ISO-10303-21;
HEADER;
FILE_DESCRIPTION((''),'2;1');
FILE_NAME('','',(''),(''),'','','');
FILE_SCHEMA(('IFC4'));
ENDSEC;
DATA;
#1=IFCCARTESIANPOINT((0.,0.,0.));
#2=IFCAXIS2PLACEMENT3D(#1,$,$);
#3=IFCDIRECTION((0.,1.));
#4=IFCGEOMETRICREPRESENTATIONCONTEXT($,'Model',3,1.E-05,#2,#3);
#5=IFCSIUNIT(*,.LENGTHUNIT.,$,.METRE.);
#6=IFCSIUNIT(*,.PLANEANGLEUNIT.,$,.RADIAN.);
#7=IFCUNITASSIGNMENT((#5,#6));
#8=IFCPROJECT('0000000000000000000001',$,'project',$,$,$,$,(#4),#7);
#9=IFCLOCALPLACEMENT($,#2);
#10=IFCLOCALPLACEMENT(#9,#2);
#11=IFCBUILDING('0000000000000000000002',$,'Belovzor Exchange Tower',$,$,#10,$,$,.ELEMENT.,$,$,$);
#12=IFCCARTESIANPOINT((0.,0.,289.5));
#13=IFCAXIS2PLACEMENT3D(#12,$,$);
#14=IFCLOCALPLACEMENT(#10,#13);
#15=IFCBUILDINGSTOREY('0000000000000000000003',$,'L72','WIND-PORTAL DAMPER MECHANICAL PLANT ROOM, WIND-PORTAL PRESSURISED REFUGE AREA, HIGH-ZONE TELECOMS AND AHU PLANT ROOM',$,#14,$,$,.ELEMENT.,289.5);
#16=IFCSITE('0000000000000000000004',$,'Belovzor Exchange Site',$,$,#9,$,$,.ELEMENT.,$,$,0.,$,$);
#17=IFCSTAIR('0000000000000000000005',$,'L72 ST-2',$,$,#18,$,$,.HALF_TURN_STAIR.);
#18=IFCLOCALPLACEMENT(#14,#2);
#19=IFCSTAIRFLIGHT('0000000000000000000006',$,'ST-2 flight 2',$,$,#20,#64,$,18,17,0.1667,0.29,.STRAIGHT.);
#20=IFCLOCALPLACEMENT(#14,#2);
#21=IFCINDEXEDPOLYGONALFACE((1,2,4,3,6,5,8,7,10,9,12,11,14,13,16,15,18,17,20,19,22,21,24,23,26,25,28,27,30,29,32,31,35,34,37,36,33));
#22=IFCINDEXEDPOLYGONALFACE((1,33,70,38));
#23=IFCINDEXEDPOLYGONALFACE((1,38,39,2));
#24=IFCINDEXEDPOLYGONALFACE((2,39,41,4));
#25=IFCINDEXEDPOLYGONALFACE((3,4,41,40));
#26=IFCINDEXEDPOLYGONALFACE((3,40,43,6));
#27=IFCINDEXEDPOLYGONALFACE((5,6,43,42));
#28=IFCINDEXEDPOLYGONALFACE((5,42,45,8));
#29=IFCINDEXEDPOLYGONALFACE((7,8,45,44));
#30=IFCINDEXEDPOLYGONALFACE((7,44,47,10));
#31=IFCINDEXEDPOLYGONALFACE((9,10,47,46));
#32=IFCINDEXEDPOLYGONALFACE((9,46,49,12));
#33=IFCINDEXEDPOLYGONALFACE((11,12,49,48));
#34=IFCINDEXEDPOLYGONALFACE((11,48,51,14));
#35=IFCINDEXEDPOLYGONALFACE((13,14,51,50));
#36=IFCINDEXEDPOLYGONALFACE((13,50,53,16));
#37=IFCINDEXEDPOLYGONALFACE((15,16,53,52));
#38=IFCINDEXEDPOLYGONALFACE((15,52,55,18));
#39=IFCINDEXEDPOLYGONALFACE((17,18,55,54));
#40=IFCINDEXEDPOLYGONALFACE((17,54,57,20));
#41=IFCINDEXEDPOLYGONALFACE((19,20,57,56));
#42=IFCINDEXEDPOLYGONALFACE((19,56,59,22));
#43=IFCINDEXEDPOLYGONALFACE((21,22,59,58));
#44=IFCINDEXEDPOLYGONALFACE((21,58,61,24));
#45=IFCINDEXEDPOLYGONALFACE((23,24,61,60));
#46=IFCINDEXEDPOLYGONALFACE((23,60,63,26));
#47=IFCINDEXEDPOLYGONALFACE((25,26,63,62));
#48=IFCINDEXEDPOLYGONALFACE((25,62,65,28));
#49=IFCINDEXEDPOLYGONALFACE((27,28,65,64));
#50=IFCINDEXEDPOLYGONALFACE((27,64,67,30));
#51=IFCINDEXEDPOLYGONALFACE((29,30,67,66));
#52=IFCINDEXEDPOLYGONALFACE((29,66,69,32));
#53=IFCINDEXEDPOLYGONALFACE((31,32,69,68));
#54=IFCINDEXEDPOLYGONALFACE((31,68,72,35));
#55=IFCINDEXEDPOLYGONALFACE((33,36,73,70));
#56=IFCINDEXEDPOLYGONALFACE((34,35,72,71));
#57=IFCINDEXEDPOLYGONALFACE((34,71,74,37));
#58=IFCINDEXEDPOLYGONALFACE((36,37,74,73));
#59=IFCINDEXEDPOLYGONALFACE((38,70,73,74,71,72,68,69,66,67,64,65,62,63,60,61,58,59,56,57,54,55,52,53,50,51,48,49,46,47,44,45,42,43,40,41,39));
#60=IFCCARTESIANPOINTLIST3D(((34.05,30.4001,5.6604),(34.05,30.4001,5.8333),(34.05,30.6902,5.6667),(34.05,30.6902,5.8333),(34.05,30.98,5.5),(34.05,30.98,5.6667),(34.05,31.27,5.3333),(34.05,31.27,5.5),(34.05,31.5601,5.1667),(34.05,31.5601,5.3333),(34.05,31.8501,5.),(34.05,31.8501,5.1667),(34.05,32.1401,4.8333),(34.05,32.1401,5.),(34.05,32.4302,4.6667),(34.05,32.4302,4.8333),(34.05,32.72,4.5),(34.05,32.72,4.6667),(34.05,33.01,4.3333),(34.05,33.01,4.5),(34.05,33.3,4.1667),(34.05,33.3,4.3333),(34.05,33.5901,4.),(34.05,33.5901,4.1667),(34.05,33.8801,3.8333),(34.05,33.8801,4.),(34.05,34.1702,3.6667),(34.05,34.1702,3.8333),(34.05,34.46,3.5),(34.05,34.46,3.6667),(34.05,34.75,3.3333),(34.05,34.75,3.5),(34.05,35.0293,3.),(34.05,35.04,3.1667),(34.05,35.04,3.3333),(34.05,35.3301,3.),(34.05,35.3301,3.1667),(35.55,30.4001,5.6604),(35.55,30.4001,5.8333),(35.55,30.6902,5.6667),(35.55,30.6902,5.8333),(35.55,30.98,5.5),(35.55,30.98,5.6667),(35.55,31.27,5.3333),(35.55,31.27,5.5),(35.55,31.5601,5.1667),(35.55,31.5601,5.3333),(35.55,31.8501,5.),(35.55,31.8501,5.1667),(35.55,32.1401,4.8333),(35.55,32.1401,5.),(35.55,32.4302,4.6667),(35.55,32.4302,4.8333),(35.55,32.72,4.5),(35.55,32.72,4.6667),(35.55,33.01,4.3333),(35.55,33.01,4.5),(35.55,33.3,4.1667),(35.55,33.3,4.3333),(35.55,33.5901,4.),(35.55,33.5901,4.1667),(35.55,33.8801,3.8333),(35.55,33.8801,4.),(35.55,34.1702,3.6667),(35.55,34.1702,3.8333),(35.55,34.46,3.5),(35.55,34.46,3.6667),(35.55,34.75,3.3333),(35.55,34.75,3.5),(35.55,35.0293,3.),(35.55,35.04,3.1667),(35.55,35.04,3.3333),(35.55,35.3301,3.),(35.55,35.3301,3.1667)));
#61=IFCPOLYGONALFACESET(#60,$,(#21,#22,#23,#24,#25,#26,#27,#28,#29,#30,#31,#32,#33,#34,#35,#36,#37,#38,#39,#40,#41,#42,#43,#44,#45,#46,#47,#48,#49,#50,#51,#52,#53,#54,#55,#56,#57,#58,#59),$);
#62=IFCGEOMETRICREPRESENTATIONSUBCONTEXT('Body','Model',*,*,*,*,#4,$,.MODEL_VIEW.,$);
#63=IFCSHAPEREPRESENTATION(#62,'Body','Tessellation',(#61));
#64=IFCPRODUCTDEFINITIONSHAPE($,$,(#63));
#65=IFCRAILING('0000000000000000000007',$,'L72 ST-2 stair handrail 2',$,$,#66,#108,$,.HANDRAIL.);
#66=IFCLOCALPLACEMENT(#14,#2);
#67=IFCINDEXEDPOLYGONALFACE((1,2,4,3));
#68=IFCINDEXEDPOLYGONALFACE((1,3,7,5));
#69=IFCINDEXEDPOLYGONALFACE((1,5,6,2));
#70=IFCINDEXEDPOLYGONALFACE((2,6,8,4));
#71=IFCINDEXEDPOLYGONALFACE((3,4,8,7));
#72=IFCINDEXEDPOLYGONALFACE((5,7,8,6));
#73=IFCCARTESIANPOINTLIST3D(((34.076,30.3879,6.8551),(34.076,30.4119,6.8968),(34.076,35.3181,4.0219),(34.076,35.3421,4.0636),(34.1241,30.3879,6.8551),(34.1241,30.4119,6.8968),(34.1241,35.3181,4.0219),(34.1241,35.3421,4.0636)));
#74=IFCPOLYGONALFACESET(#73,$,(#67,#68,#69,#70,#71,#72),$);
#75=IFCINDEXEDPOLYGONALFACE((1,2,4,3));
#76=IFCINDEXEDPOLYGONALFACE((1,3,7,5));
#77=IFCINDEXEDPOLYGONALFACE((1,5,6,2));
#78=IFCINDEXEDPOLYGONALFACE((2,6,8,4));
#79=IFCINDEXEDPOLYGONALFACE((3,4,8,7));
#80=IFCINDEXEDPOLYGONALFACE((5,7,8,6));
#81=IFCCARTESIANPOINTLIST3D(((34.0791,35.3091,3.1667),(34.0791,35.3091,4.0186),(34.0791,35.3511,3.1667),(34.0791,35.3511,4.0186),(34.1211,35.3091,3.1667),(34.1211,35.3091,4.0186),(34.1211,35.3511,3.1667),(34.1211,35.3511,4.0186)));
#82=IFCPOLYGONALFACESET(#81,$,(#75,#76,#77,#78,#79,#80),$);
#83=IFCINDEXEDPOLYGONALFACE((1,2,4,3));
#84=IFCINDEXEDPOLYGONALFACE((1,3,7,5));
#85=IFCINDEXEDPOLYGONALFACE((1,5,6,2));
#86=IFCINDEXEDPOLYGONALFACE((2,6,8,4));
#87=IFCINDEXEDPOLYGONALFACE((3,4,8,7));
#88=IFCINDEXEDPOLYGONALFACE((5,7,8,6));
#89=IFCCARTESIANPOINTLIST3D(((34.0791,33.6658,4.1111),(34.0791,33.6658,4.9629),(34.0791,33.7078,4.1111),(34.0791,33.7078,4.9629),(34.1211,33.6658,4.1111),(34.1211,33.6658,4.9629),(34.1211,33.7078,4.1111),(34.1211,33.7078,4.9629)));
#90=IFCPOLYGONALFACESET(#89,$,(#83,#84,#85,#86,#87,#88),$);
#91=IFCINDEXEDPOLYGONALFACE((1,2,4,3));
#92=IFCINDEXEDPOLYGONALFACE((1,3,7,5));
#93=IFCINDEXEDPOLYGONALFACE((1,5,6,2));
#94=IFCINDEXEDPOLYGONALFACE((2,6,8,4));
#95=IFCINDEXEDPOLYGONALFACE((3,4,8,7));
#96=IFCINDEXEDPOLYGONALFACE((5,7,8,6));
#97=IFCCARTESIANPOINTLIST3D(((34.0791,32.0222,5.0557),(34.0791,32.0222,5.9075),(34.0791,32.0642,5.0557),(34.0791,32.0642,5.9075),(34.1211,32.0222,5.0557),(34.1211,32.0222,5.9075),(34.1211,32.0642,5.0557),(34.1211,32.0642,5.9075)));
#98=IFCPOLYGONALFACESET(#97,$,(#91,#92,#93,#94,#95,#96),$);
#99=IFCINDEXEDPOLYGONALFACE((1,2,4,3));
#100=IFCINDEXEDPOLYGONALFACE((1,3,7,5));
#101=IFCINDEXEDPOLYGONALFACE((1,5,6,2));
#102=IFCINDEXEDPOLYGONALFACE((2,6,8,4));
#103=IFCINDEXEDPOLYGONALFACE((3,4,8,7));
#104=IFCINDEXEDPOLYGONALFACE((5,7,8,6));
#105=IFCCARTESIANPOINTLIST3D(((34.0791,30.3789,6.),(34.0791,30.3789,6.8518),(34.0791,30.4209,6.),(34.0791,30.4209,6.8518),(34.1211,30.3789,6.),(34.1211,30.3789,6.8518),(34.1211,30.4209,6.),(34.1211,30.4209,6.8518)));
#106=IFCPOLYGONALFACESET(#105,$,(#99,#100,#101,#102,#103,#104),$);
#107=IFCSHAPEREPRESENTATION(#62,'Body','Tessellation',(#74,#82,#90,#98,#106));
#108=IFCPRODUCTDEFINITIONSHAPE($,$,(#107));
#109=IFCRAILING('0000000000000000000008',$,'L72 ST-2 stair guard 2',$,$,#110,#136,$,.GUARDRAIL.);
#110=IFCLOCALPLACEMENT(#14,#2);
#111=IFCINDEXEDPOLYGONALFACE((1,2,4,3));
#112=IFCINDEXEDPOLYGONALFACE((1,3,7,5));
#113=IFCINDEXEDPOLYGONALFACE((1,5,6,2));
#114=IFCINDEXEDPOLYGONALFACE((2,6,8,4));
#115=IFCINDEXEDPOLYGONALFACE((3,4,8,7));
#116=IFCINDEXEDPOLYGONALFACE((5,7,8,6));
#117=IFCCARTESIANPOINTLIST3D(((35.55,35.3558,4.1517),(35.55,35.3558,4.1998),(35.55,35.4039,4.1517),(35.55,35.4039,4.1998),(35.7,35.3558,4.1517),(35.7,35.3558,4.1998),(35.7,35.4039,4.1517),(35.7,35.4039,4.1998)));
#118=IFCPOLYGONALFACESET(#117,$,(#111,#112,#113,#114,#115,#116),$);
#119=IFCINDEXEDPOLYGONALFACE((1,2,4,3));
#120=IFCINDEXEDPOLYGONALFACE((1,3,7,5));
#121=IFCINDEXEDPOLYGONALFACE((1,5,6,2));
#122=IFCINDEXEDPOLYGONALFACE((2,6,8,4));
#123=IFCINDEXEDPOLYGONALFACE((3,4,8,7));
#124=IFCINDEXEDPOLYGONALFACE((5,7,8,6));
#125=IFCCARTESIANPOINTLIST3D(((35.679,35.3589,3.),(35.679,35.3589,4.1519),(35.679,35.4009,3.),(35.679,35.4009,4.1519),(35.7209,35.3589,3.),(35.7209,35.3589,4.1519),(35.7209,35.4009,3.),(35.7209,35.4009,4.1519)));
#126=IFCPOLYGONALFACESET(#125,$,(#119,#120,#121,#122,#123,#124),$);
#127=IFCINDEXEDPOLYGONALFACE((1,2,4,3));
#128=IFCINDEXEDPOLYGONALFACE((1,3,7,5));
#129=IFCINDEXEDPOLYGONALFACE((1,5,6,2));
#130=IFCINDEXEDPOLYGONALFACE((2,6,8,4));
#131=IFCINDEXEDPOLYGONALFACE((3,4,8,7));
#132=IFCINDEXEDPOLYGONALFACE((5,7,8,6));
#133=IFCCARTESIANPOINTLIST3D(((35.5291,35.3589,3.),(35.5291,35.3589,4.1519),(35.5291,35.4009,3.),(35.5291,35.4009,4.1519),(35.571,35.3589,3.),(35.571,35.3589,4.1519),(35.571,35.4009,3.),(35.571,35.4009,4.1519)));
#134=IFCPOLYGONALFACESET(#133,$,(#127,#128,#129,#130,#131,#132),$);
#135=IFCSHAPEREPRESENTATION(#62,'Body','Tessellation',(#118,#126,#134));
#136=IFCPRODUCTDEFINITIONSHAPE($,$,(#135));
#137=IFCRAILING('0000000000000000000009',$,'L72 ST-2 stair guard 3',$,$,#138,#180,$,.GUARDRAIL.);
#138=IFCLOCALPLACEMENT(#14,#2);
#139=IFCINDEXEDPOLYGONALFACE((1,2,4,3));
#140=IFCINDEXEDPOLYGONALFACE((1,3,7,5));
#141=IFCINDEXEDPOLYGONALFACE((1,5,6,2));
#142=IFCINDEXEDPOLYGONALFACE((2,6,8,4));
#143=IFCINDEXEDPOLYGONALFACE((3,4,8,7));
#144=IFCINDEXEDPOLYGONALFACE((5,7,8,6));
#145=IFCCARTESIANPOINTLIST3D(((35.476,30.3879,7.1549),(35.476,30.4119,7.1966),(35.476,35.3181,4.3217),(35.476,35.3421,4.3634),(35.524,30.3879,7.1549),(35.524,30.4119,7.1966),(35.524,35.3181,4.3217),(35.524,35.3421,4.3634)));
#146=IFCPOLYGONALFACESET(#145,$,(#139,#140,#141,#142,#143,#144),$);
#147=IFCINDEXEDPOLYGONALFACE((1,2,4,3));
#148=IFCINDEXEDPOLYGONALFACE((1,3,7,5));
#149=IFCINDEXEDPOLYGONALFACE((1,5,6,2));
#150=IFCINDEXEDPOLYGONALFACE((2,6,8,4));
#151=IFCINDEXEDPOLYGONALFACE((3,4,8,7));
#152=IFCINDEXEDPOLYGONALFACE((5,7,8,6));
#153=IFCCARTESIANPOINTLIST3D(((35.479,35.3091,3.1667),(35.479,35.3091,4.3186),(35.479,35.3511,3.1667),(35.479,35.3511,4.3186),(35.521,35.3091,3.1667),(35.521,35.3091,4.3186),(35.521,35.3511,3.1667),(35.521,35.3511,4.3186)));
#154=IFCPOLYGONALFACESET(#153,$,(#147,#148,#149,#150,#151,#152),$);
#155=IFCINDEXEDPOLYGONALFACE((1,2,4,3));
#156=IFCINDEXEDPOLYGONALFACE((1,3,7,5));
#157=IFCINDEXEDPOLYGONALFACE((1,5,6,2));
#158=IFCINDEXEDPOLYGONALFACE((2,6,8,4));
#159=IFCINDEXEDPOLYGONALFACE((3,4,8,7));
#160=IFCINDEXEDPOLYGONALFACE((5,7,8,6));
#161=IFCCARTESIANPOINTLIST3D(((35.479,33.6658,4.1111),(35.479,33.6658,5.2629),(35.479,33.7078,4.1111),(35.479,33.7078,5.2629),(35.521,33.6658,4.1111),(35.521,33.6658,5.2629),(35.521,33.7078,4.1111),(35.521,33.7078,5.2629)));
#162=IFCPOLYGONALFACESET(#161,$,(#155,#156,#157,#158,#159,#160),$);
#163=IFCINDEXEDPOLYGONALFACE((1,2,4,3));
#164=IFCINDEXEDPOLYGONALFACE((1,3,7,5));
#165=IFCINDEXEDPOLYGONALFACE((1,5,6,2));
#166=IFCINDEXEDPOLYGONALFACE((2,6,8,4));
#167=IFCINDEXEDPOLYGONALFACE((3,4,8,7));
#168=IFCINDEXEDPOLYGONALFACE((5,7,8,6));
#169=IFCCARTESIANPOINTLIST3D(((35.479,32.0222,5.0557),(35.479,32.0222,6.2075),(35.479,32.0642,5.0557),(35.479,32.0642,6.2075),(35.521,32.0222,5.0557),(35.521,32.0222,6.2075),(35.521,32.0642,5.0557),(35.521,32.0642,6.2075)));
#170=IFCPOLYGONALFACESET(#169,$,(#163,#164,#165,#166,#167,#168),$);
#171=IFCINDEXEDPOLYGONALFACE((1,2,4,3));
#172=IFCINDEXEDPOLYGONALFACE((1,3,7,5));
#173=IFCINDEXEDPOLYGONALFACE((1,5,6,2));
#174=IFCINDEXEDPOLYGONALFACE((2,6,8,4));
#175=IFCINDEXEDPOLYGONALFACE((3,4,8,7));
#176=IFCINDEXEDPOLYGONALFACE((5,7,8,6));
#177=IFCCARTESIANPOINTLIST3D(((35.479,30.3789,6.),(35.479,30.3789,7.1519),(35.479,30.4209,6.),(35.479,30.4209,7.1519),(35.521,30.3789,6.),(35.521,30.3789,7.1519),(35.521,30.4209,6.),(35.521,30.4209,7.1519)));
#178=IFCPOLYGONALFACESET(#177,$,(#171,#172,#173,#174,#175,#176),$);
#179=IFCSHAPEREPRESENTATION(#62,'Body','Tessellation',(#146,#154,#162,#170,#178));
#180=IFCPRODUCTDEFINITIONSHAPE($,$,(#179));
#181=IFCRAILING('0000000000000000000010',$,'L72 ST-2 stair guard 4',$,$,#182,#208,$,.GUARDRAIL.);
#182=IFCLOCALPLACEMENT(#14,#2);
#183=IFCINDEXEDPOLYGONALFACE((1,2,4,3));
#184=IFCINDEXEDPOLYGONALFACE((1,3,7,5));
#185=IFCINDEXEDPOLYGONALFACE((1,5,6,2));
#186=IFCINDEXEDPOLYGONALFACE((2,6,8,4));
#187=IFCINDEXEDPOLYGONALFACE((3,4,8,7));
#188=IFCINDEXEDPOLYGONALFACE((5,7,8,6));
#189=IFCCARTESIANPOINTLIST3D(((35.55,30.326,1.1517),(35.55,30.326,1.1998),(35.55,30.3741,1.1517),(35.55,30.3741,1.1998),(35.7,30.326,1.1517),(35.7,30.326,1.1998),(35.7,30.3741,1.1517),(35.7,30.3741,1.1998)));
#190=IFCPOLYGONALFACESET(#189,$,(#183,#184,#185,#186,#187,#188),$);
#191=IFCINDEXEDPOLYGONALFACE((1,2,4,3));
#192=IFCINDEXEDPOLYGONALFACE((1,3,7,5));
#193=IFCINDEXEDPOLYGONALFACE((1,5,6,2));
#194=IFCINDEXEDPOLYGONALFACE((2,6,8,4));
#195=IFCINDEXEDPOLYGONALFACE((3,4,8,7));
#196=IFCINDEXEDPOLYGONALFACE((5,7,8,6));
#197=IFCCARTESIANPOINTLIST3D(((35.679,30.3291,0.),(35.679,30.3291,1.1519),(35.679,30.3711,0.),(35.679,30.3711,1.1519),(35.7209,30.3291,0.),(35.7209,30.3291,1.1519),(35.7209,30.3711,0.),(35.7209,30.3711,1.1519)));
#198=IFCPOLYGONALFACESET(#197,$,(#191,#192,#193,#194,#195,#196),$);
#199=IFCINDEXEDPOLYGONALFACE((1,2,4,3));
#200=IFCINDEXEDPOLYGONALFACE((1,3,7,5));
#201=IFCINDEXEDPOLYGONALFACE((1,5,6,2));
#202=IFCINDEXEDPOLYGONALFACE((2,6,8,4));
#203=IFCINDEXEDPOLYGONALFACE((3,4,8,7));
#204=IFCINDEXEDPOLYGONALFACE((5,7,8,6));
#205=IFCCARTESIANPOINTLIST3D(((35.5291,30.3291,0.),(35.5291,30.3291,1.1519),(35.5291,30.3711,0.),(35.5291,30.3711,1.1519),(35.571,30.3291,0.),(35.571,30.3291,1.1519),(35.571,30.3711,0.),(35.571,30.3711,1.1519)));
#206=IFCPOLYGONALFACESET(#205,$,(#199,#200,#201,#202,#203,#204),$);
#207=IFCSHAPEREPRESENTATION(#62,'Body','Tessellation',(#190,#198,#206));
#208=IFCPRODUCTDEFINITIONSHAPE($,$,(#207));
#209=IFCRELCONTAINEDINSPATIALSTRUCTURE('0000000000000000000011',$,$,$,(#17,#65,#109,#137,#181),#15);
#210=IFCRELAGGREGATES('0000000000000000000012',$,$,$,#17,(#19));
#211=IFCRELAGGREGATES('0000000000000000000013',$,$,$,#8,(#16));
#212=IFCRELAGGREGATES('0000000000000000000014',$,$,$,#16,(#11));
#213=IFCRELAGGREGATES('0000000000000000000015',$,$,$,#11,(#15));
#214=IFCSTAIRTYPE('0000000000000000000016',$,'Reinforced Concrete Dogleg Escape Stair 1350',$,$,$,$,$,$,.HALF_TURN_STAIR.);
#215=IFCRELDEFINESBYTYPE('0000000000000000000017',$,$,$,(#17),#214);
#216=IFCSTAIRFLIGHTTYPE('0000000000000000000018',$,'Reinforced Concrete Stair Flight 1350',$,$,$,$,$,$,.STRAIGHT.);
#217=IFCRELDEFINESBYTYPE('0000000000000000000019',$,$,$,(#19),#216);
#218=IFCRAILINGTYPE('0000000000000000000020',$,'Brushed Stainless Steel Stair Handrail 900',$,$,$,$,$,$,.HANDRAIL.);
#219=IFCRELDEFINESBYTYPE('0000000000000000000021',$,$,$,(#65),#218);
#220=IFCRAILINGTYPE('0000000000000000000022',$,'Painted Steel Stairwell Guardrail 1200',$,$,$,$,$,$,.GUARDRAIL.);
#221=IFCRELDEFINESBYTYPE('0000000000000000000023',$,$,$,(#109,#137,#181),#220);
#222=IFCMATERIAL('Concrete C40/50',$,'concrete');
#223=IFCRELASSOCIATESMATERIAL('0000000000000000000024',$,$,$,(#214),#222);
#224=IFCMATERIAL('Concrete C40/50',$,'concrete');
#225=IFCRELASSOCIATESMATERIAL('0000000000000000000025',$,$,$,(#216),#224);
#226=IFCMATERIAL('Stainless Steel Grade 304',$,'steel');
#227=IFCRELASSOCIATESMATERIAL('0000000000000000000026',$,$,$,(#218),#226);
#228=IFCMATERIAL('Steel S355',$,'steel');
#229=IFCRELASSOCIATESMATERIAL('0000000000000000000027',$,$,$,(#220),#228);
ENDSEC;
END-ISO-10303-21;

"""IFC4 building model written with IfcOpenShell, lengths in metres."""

from ifc_helpers import new_model, si_unit, direction, frame, origin, origin_2d, place, context, subcontext, project, spatial, polyline, rectangle, outline, extrude, material, type_object, element, aggregate, save


model = new_model("IFC4")

# Units and contexts
model_context = context("Model", 3, precision=1e-05, world=origin(), true_north=direction((0.0, 1.0)))
body_context = subcontext(model_context, "Body", "Model", "MODEL_VIEW")
ifc_project = project(units=[si_unit("LENGTHUNIT", "METRE"), si_unit("PLANEANGLEUNIT", "RADIAN")], contexts=[model_context])

# Site, building, storey
site_placement = place(None, origin())
site = spatial("IfcSite", under=ifc_project, at=site_placement, Name="Belovzor Exchange Site", CompositionType="ELEMENT", RefElevation=0.0)
building_placement = place(site_placement, origin())
building = spatial("IfcBuilding", under=site, at=building_placement, Name="Belovzor Exchange Tower", CompositionType="ELEMENT")
storey_placement = place(building_placement, frame((0.0, 0.0, 289.5)))
storey = spatial("IfcBuildingStorey", under=building, at=storey_placement, Name="L72", Description="WIND-PORTAL DAMPER MECHANICAL PLANT ROOM, WIND-PORTAL PRESSURISED REFUGE AREA, HIGH-ZONE TELECOMS AND AHU PLANT ROOM", CompositionType="ELEMENT", Elevation=289.5)

# Stair, stair flight
ifc_material_1 = material(Name="Concrete C40/50", Category="concrete")
stair_type = type_object("IfcStairType", Name="Reinforced Concrete Dogleg Escape Stair 1350", PredefinedType="HALF_TURN_STAIR", material=ifc_material_1)
stair_placement = place(storey_placement, origin())
stair = element("IfcStair", 1, at=stair_placement, inside=storey, type_object=stair_type, Name="L72 ST-2", PredefinedType="HALF_TURN_STAIR")
ifc_material_2 = material(Name="Concrete C40/50", Category="concrete")
stair_flight_type = type_object("IfcStairFlightType", Name="Reinforced Concrete Stair Flight 1350", PredefinedType="STRAIGHT", material=ifc_material_2)
stair_flight_placement = place(storey_placement, frame((34.8, 35.3301, 3.0), z_axis=(0.0, 0.0, 1.0), x_axis=(0.0, -1.0, 0.0)))
stair_flight = element("IfcStairFlight", 2, at=stair_flight_placement, type_object=stair_flight_type, Name="ST-2 flight 2", NumberOfRisers=18, NumberOfTreads=17, PredefinedType="STRAIGHT", RiserHeight=0.1667, TreadLength=0.29, context=body_context, shape_type="SweptSolid", body=[
    extrude(outline(polyline([(0.0, 0.0), (0.0, 0.1667), (0.29, 0.1667), (0.29, 0.3333), (0.5801, 0.3333), (0.5801, 0.5), (0.8701, 0.5), (0.8701, 0.6667), (1.1599, 0.6667), (1.1599, 0.8333), (1.45, 0.8333), (1.45, 1.0), (1.74, 1.0), (1.74, 1.1667), (2.03, 1.1667), (2.03, 1.3333), (2.3201, 1.3333), (2.3201, 1.5), (2.6101, 1.5), (2.6101, 1.6667), (2.8999, 1.6667), (2.8999, 1.8333), (3.1899, 1.8333), (3.1899, 2.0), (3.48, 2.0), (3.48, 2.1667), (3.77, 2.1667), (3.77, 2.3333), (4.0601, 2.3333), (4.0601, 2.5), (4.3501, 2.5), (4.3501, 2.6667), (4.6399, 2.6667), (4.6399, 2.8333), (4.9299, 2.8333), (4.9299, 3.0), (4.9299, 2.6604), (0.3008, 0.0), (0.0, 0.0)])), frame((0.0, 0.75, 0.0), z_axis=(0.0, -1.0, 0.0), x_axis=(1.0, 0.0, 0.0)), (0.0, 0.0, 1.0), 1.5),
])
aggregate(stair, [stair_flight])

# Railings
ifc_material_3 = material(Name="Stainless Steel Grade 304", Category="steel")
railing_type_1 = type_object("IfcRailingType", Name="Brushed Stainless Steel Stair Handrail 900", PredefinedType="HANDRAIL", material=ifc_material_3)
railing_1_placement = place(storey_placement, frame((34.1001, 35.3301, 3.1667)))
element("IfcRailing", 3, at=railing_1_placement, inside=storey, type_object=railing_type_1, Name="L72 ST-2 stair handrail 2", PredefinedType="HANDRAIL", context=body_context, shape_type="SweptSolid", body=[
    extrude(rectangle(XDim=0.0481, YDim=0.0481, at=origin_2d()), frame((0.0, 0.0, 0.876), z_axis=(0.0, -0.867028, 0.49826), x_axis=(1.0, 0.0, 0.0)), (0.0, 0.0, 1.0), 5.6863),
    extrude(rectangle(XDim=0.042, YDim=0.042, at=origin_2d()), origin(), (0.0, 0.0, 1.0), 0.8518),
    extrude(rectangle(XDim=0.042, YDim=0.042, at=origin_2d()), frame((0.0, -1.6433, 0.9443)), (0.0, 0.0, 1.0), 0.8518),
    extrude(rectangle(XDim=0.042, YDim=0.042, at=origin_2d()), frame((0.0, -3.2869, 1.8889)), (0.0, 0.0, 1.0), 0.8518),
    extrude(rectangle(XDim=0.042, YDim=0.042, at=origin_2d()), frame((0.0, -4.9302, 2.8333)), (0.0, 0.0, 1.0), 0.8518),
])
ifc_material_4 = material(Name="Steel S355", Category="steel")
railing_type_2 = type_object("IfcRailingType", Name="Painted Steel Stairwell Guardrail 1200", PredefinedType="GUARDRAIL", material=ifc_material_4)
railing_2_placement = place(storey_placement, frame((35.7, 35.3799, 3.0)))
element("IfcRailing", 4, at=railing_2_placement, inside=storey, type_object=railing_type_2, Name="L72 ST-2 stair guard 2", PredefinedType="GUARDRAIL", context=body_context, shape_type="SweptSolid", body=[
    extrude(rectangle(XDim=0.0481, YDim=0.0481, at=origin_2d()), frame((0.0, 0.0, 1.1758), z_axis=(-1.0, 0.0, 0.0), x_axis=(0.0, -1.0, 0.0)), (0.0, 0.0, 1.0), 0.1499),
    extrude(rectangle(XDim=0.042, YDim=0.042, at=origin_2d()), origin(), (0.0, 0.0, 1.0), 1.1519),
    extrude(rectangle(XDim=0.042, YDim=0.042, at=origin_2d()), frame((-0.1499, 0.0, 0.0)), (0.0, 0.0, 1.0), 1.1519),
])
railing_3_placement = place(storey_placement, frame((35.5, 35.3301, 3.1667)))
element("IfcRailing", 5, at=railing_3_placement, inside=storey, type_object=railing_type_2, Name="L72 ST-2 stair guard 3", PredefinedType="GUARDRAIL", context=body_context, shape_type="SweptSolid", body=[
    extrude(rectangle(XDim=0.0481, YDim=0.0481, at=origin_2d()), frame((0.0, 0.0, 1.1758), z_axis=(0.0, -0.867028, 0.49826), x_axis=(1.0, 0.0, 0.0)), (0.0, 0.0, 1.0), 5.6863),
    extrude(rectangle(XDim=0.042, YDim=0.042, at=origin_2d()), origin(), (0.0, 0.0, 1.0), 1.1519),
    extrude(rectangle(XDim=0.042, YDim=0.042, at=origin_2d()), frame((0.0, -1.6433, 0.9443)), (0.0, 0.0, 1.0), 1.1519),
    extrude(rectangle(XDim=0.042, YDim=0.042, at=origin_2d()), frame((0.0, -3.2869, 1.8889)), (0.0, 0.0, 1.0), 1.1519),
    extrude(rectangle(XDim=0.042, YDim=0.042, at=origin_2d()), frame((0.0, -4.9302, 2.8333)), (0.0, 0.0, 1.0), 1.1519),
])
railing_4_placement = place(storey_placement, frame((35.7, 30.3501, 0.0)))
element("IfcRailing", 6, at=railing_4_placement, inside=storey, type_object=railing_type_2, Name="L72 ST-2 stair guard 4", PredefinedType="GUARDRAIL", context=body_context, shape_type="SweptSolid", body=[
    extrude(rectangle(XDim=0.0481, YDim=0.0481, at=origin_2d()), frame((0.0, 0.0, 1.1758), z_axis=(-1.0, 0.0, 0.0), x_axis=(0.0, -1.0, 0.0)), (0.0, 0.0, 1.0), 0.1499),
    extrude(rectangle(XDim=0.042, YDim=0.042, at=origin_2d()), origin(), (0.0, 0.0, 1.0), 1.1519),
    extrude(rectangle(XDim=0.042, YDim=0.042, at=origin_2d()), frame((-0.1499, 0.0, 0.0)), (0.0, 0.0, 1.0), 1.1519),
])

save(model, "model.ifc")
